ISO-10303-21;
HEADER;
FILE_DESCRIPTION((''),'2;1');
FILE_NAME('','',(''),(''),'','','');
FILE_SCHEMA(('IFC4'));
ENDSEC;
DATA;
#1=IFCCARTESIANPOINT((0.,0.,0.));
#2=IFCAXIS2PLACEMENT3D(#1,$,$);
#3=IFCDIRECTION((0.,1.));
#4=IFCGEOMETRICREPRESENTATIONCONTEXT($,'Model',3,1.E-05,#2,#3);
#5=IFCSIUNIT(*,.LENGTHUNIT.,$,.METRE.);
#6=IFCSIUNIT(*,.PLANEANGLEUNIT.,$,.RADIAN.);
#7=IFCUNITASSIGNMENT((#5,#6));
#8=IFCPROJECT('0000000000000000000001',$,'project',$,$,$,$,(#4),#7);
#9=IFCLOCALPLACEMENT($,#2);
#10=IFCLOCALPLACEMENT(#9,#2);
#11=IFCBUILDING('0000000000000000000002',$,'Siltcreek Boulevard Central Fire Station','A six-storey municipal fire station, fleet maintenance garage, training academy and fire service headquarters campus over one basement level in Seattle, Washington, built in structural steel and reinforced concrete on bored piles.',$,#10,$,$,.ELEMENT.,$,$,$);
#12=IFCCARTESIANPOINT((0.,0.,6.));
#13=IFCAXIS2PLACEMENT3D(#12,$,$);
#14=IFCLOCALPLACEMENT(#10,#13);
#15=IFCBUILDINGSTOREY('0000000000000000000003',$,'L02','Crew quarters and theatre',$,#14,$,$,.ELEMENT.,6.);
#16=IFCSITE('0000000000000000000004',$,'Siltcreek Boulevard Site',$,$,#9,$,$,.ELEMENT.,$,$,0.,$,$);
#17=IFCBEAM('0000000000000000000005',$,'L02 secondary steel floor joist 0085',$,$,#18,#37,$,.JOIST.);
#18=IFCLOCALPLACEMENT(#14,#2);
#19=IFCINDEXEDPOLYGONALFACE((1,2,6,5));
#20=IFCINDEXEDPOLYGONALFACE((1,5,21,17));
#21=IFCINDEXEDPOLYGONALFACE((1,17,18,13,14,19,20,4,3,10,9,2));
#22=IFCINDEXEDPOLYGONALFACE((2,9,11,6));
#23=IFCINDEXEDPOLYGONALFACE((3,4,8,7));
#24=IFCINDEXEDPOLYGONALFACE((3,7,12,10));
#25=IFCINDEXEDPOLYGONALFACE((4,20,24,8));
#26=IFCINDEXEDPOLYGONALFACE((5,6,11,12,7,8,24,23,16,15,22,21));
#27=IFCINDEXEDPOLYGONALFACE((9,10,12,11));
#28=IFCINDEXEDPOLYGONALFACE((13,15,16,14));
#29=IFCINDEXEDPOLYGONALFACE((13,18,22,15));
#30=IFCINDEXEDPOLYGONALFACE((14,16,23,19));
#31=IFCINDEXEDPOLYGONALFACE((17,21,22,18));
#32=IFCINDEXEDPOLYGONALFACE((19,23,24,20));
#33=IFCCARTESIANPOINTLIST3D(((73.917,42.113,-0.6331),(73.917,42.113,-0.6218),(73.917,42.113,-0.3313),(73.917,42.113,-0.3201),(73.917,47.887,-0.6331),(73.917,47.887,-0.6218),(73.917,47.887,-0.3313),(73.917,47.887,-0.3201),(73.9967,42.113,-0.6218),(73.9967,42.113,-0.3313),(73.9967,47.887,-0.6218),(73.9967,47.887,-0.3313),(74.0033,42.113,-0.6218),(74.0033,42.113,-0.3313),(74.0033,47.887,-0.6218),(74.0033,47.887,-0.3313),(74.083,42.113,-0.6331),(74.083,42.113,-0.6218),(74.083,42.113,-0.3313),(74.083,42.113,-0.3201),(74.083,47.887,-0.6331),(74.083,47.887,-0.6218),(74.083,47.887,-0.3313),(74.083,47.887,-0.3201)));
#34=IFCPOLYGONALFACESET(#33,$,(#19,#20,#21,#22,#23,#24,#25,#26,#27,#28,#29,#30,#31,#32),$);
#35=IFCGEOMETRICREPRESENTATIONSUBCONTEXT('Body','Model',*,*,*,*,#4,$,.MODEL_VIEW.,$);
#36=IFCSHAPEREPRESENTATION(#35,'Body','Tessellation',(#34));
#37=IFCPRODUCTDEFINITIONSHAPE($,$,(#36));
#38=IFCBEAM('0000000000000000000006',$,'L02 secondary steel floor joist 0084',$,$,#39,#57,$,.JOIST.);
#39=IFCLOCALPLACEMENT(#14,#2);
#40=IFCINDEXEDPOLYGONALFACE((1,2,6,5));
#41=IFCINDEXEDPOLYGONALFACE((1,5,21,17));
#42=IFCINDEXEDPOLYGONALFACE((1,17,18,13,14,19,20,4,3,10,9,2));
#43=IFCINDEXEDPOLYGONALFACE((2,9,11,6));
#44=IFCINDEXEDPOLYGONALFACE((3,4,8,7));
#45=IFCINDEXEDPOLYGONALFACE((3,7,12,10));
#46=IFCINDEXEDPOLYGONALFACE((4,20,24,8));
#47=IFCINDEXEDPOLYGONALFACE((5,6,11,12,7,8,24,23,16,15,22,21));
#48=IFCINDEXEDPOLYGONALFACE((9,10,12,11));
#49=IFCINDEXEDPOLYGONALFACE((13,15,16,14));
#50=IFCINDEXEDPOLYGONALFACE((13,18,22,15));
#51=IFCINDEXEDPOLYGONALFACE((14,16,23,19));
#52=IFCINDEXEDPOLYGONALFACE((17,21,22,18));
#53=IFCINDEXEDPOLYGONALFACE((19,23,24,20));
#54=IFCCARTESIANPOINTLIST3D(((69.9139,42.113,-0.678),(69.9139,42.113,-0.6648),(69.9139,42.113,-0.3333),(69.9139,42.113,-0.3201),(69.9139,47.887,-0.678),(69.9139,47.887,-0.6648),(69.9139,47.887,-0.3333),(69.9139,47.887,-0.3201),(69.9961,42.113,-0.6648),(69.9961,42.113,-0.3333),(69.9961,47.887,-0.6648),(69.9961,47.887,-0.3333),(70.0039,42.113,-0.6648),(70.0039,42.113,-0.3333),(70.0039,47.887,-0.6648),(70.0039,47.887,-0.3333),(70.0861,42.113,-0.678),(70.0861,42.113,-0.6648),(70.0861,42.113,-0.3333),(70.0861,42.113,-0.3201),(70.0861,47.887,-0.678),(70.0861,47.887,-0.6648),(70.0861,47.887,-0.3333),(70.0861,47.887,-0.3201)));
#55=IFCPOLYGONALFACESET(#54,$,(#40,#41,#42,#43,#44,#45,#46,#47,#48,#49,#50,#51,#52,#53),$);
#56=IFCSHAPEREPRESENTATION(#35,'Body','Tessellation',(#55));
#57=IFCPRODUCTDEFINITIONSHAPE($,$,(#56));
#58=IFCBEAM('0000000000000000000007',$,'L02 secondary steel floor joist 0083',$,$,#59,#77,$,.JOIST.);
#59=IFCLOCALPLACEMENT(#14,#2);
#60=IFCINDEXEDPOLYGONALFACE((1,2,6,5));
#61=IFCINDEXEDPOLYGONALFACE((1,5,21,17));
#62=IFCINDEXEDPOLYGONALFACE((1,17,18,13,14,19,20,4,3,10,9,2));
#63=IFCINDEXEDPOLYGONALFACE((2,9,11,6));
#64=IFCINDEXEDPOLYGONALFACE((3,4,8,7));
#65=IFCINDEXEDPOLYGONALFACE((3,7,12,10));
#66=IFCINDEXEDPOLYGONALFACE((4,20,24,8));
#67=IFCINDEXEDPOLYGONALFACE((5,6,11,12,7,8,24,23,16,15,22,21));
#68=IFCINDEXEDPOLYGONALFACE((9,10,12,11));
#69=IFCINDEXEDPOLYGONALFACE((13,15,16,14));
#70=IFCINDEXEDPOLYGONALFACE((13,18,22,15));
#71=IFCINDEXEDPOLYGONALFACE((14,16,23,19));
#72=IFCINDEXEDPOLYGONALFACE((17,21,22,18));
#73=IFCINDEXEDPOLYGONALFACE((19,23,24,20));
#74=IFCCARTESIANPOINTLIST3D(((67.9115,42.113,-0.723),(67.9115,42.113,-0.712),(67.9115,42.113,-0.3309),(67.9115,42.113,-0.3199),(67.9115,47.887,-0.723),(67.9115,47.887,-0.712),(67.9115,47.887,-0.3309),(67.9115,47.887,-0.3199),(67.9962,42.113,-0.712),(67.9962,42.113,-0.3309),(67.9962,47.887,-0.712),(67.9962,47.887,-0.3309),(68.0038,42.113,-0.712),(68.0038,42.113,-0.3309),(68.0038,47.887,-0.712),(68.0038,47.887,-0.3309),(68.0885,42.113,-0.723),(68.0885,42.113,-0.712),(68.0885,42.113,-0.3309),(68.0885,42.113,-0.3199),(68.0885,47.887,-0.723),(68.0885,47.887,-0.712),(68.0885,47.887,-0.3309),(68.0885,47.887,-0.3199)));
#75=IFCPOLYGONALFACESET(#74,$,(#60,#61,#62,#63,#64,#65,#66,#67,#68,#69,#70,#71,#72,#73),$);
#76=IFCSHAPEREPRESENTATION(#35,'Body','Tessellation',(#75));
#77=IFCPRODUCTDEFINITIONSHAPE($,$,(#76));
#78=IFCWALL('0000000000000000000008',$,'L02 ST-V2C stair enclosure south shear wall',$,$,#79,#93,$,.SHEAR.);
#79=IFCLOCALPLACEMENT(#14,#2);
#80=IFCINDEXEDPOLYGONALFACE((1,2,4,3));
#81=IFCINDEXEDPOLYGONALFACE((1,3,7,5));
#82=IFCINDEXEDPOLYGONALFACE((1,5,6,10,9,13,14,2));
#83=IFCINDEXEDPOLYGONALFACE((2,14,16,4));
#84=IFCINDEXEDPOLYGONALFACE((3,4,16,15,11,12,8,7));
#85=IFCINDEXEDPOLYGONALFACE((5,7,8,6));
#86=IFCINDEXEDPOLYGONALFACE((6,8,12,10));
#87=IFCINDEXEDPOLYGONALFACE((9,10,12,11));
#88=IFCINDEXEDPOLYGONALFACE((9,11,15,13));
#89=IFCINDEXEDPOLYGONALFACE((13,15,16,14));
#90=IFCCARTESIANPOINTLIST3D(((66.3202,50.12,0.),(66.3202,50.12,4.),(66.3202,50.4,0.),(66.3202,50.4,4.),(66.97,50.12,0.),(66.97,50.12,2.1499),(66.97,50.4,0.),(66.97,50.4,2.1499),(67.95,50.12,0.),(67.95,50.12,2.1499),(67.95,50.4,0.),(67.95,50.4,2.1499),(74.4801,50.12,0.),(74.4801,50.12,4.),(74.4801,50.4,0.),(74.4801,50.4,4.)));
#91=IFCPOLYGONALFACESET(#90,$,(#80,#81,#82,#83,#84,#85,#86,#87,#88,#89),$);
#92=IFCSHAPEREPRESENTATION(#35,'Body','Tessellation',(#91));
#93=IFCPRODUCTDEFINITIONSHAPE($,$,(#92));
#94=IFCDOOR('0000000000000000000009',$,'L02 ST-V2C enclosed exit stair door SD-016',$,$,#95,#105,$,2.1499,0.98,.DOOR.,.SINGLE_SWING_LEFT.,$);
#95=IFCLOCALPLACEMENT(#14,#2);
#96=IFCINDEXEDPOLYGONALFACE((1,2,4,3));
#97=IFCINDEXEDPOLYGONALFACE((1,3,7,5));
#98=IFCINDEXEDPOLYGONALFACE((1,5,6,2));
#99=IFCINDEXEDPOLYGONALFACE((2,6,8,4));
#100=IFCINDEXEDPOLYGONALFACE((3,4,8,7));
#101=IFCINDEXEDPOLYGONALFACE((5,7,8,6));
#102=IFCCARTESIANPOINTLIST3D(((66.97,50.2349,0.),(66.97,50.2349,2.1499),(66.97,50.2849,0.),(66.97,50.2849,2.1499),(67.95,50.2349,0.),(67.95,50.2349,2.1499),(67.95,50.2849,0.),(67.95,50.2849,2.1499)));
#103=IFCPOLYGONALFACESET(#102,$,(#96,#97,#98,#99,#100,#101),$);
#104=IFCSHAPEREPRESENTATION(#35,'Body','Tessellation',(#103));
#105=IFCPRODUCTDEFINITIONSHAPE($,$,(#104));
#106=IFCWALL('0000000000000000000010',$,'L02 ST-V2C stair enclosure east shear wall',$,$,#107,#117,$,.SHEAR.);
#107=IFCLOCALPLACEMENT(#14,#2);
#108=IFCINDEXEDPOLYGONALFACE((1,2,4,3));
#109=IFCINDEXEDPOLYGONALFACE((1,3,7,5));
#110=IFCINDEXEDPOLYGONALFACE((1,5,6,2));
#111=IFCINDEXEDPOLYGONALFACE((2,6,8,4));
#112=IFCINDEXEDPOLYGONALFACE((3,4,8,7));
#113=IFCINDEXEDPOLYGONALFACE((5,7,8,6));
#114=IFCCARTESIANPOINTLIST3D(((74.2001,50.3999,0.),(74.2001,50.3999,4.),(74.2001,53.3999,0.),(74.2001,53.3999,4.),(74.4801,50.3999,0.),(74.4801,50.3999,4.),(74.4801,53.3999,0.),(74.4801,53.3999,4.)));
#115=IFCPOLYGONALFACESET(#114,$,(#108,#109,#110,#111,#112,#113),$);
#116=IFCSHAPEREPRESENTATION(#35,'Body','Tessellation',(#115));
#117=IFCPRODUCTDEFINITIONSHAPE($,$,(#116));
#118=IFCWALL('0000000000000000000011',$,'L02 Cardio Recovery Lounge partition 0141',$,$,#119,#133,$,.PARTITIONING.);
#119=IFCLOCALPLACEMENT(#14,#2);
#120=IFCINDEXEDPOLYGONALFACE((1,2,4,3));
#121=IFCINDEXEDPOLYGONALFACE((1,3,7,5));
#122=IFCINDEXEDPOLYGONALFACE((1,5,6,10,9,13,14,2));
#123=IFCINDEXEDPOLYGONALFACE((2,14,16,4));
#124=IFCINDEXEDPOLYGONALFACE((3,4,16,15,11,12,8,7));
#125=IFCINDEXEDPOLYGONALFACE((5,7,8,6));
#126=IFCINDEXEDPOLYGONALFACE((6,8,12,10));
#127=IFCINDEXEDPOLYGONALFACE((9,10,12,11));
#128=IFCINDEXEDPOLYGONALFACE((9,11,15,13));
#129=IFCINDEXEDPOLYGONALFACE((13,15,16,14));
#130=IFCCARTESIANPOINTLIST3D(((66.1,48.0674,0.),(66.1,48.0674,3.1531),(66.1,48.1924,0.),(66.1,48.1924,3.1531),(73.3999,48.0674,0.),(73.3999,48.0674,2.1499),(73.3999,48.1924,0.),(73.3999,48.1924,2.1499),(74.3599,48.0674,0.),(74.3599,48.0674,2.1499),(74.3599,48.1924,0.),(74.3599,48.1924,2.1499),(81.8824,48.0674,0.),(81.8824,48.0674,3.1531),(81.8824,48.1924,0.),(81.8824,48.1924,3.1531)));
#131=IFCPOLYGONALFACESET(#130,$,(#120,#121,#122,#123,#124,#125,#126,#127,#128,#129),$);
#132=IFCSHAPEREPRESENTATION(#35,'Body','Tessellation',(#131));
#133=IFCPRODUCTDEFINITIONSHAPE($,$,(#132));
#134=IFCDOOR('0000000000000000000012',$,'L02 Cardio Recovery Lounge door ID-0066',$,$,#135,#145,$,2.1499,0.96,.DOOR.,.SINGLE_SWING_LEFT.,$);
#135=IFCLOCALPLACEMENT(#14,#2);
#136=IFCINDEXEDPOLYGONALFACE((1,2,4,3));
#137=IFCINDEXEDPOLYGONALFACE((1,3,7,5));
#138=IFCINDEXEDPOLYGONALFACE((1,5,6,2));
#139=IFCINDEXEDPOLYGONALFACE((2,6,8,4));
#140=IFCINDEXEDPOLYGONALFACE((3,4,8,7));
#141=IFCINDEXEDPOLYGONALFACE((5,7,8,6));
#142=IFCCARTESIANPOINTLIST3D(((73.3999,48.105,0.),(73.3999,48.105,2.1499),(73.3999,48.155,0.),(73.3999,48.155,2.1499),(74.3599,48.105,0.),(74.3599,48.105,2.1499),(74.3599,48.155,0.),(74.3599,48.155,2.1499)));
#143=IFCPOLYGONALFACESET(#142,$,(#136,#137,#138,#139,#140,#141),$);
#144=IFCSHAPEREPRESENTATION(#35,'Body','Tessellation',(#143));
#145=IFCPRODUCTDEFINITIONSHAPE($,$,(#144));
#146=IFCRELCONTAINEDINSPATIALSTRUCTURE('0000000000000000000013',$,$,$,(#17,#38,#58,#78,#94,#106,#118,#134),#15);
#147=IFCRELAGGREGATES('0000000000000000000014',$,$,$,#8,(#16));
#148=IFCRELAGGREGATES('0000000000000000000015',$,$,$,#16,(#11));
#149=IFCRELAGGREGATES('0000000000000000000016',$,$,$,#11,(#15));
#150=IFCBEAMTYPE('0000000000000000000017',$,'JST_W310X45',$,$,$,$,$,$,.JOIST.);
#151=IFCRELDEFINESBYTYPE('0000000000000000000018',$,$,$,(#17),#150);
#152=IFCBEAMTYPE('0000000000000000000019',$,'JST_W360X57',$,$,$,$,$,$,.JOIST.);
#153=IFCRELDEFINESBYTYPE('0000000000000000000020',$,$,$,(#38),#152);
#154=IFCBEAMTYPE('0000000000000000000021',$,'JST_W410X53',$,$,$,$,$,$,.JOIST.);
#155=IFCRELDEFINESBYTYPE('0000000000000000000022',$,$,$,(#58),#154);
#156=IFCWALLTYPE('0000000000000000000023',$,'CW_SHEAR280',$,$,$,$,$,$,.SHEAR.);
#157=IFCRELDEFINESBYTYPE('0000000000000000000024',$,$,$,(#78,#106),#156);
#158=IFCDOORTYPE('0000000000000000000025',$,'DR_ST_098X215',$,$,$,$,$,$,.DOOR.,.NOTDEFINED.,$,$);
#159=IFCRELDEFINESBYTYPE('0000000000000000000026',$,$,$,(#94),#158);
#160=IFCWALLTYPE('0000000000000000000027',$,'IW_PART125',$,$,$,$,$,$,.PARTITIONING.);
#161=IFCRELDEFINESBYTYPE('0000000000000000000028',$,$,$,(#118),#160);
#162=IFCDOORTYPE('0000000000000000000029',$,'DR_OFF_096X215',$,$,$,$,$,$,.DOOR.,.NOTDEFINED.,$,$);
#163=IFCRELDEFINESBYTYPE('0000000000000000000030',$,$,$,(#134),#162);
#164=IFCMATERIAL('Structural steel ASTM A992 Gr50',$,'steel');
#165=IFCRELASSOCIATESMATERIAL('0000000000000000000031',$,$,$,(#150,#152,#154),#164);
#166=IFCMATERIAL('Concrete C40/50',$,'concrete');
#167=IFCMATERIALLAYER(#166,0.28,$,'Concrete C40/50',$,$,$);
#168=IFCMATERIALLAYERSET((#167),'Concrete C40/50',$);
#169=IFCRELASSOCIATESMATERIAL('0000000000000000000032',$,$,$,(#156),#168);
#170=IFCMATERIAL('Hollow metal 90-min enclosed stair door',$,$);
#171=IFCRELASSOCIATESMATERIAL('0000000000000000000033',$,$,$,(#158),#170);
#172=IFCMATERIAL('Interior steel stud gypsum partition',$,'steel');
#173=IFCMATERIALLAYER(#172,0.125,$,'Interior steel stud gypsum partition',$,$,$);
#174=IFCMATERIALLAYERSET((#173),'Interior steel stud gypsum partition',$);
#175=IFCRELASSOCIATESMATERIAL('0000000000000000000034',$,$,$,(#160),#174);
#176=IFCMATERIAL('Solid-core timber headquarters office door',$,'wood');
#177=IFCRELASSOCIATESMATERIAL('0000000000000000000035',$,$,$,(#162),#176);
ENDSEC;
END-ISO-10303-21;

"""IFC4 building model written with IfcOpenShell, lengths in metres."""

from ifc_helpers import new_model, si_unit, direction, frame, frame_2d, origin, origin_2d, place, context, subcontext, project, spatial, rectangle, i_section, extrude, material, layer, layer_set, material_profile, profile_set, type_object, element, fill, save


model = new_model("IFC4")

# Units and contexts
model_context = context("Model", 3, precision=1e-05, world=origin(), true_north=direction((0.0, 1.0)))
body_context = subcontext(model_context, "Body", "Model", "MODEL_VIEW")
ifc_project = project(units=[si_unit("LENGTHUNIT", "METRE"), si_unit("PLANEANGLEUNIT", "RADIAN")], contexts=[model_context])

# Site, building, storey
site_placement = place(None, origin())
site = spatial("IfcSite", under=ifc_project, at=site_placement, Name="Siltcreek Boulevard Site", CompositionType="ELEMENT", RefElevation=0.0)
building_placement = place(site_placement, origin())
building = spatial("IfcBuilding", under=site, at=building_placement, Name="Siltcreek Boulevard Central Fire Station", Description="A six-storey municipal fire station, fleet maintenance garage, training academy and fire service headquarters campus over one basement level in Seattle, Washington, built in structural steel and reinforced concrete on bored piles.", CompositionType="ELEMENT")
storey_placement = place(building_placement, frame((0.0, 0.0, 6.0)))
storey = spatial("IfcBuildingStorey", under=building, at=storey_placement, Name="L02", Description="Crew quarters and theatre", CompositionType="ELEMENT", Elevation=6.0)

# Shared definitions
ifc_material_1 = material(Name="Structural steel ASTM A992 Gr50", Category="steel")

# Beams
ifc_material_profile_1 = material_profile(ifc_material_1, i_section(OverallWidth=0.166, OverallDepth=0.313, WebThickness=0.0066, FlangeThickness=0.0112, at=origin_2d()), Name="W310X45")
ifc_profile_set_1 = profile_set([ifc_material_profile_1], Name="Structural steel ASTM A992 Gr50")
beam_type_1 = type_object("IfcBeamType", Name="JST_W310X45", PredefinedType="JOIST", material=ifc_profile_set_1)
beam_1_placement = place(storey_placement, frame((74.0, 42.113, -0.4766), z_axis=(0.0, 1.0, 0.0), x_axis=(-1.0, 0.0, 0.0)))
element("IfcBeam", 1, at=beam_1_placement, inside=storey, type_object=beam_type_1, Name="L02 secondary steel floor joist 0085", PredefinedType="JOIST", context=body_context, shape_type="SweptSolid", body=[
    extrude(i_section(OverallWidth=0.166, OverallDepth=0.313, WebThickness=0.0066, FlangeThickness=0.0112, at=origin_2d()), origin(), (0.0, 0.0, 1.0), 5.7739),
])
ifc_material_profile_2 = material_profile(ifc_material_1, i_section(OverallWidth=0.1721, OverallDepth=0.3579, WebThickness=0.0078, FlangeThickness=0.0132, at=origin_2d()), Name="W360X57")
ifc_profile_set_2 = profile_set([ifc_material_profile_2], Name="Structural steel ASTM A992 Gr50")
beam_type_2 = type_object("IfcBeamType", Name="JST_W360X57", PredefinedType="JOIST", material=ifc_profile_set_2)
beam_2_placement = place(storey_placement, frame((70.0, 42.113, -0.499), z_axis=(0.0, 1.0, 0.0), x_axis=(-1.0, 0.0, 0.0)))
element("IfcBeam", 2, at=beam_2_placement, inside=storey, type_object=beam_type_2, Name="L02 secondary steel floor joist 0084", PredefinedType="JOIST", context=body_context, shape_type="SweptSolid", body=[
    extrude(i_section(OverallWidth=0.1721, OverallDepth=0.3579, WebThickness=0.0078, FlangeThickness=0.0132, at=origin_2d()), origin(), (0.0, 0.0, 1.0), 5.7739),
])
ifc_material_profile_3 = material_profile(ifc_material_1, i_section(OverallWidth=0.177, OverallDepth=0.4031, WebThickness=0.0076, FlangeThickness=0.011, at=origin_2d()), Name="W410X53")
ifc_profile_set_3 = profile_set([ifc_material_profile_3], Name="Structural steel ASTM A992 Gr50")
beam_type_3 = type_object("IfcBeamType", Name="JST_W410X53", PredefinedType="JOIST", material=ifc_profile_set_3)
beam_3_placement = place(storey_placement, frame((68.0, 42.113, -0.5215), z_axis=(0.0, 1.0, 0.0), x_axis=(-1.0, 0.0, 0.0)))
element("IfcBeam", 3, at=beam_3_placement, inside=storey, type_object=beam_type_3, Name="L02 secondary steel floor joist 0083", PredefinedType="JOIST", context=body_context, shape_type="SweptSolid", body=[
    extrude(i_section(OverallWidth=0.177, OverallDepth=0.4031, WebThickness=0.0076, FlangeThickness=0.011, at=origin_2d()), origin(), (0.0, 0.0, 1.0), 5.7739),
])

# Wall, opening, door
ifc_material_2 = material(Name="Concrete C40/50", Category="concrete")
ifc_layer_1 = layer(ifc_material_2, 0.28, Name="Concrete C40/50")
ifc_layer_set_1 = layer_set([ifc_layer_1], Name="Concrete C40/50")
wall_type_1 = type_object("IfcWallType", Name="CW_SHEAR280", PredefinedType="SHEAR", material=ifc_layer_set_1)
wall_1_placement = place(storey_placement, frame((66.3201, 50.26, 0.0), z_axis=(0.0, 0.0, 1.0), x_axis=(1.0, 0.0, 0.0)))
wall_1 = element("IfcWall", 4, at=wall_1_placement, inside=storey, type_object=wall_type_1, Name="L02 ST-V2C stair enclosure south shear wall", PredefinedType="SHEAR", context=body_context, shape_type="SweptSolid", body=[
    extrude(rectangle(XDim=8.1599, YDim=0.28, at=frame_2d((4.0801, 0.0))), origin(), (0.0, 0.0, 1.0), 4.0),
])
opening_1_placement = place(wall_1_placement, frame((0.6499, 0.0, 0.0)))
opening_1 = element("IfcOpeningElement", 5, at=opening_1_placement, cuts=wall_1, PredefinedType="OPENING", context=body_context, shape_type="SweptSolid", body=[
    extrude(rectangle(XDim=0.98, YDim=2.1499, at=frame_2d((0.49, 1.075))), frame((0.0, 0.1499, 0.0), z_axis=(0.0, -1.0, 0.0), x_axis=(1.0, 0.0, 0.0)), (0.0, 0.0, 1.0), 0.3),
])
ifc_material_3 = material(Name="Hollow metal 90-min enclosed stair door")
door_type_1 = type_object("IfcDoorType", Name="DR_ST_098X215", OperationType="NOTDEFINED", PredefinedType="DOOR", material=ifc_material_3)
door_1_placement = place(opening_1_placement, origin())
door_1 = element("IfcDoor", 6, at=door_1_placement, inside=storey, type_object=door_type_1, Name="L02 ST-V2C enclosed exit stair door SD-016", OperationType="SINGLE_SWING_LEFT", OverallHeight=2.1499, OverallWidth=0.98, PredefinedType="DOOR", context=body_context, shape_type="SweptSolid", body=[
    extrude(rectangle(XDim=0.98, YDim=2.1499, at=frame_2d((0.49, 1.075))), frame((0.0, 0.0249, 0.0), z_axis=(0.0, -1.0, 0.0), x_axis=(1.0, 0.0, 0.0)), (0.0, 0.0, 1.0), 0.05),
])
fill(opening_1, door_1)

# Wall
wall_2_placement = place(storey_placement, frame((74.3401, 50.3999, 0.0), z_axis=(0.0, 0.0, 1.0), x_axis=(0.0, 1.0, 0.0)))
element("IfcWall", 7, at=wall_2_placement, inside=storey, type_object=wall_type_1, Name="L02 ST-V2C stair enclosure east shear wall", PredefinedType="SHEAR", context=body_context, shape_type="SweptSolid", body=[
    extrude(rectangle(XDim=3.0, YDim=0.28, at=frame_2d((1.5, 0.0))), origin(), (0.0, 0.0, 1.0), 4.0),
])

# Wall, opening, door
ifc_material_4 = material(Name="Interior steel stud gypsum partition", Category="steel")
ifc_layer_2 = layer(ifc_material_4, 0.125, Name="Interior steel stud gypsum partition")
ifc_layer_set_2 = layer_set([ifc_layer_2], Name="Interior steel stud gypsum partition")
wall_type_2 = type_object("IfcWallType", Name="IW_PART125", PredefinedType="PARTITIONING", material=ifc_layer_set_2)
wall_3_placement = place(storey_placement, frame((66.1001, 48.1299, 0.0), z_axis=(0.0, 0.0, 1.0), x_axis=(1.0, 0.0, 0.0)))
wall_3 = element("IfcWall", 8, at=wall_3_placement, inside=storey, type_object=wall_type_2, Name="L02 Cardio Recovery Lounge partition 0141", PredefinedType="PARTITIONING", context=body_context, shape_type="SweptSolid", body=[
    extrude(rectangle(XDim=15.7825, YDim=0.125, at=frame_2d((7.8911, 0.0))), origin(), (0.0, 0.0, 1.0), 3.1531),
])
opening_2_placement = place(wall_3_placement, frame((7.2998, 0.0, 0.0)))
opening_2 = element("IfcOpeningElement", 9, at=opening_2_placement, cuts=wall_3, PredefinedType="OPENING", context=body_context, shape_type="SweptSolid", body=[
    extrude(rectangle(XDim=0.96, YDim=2.1499, at=frame_2d((0.48, 1.075))), frame((0.0, 0.0725, 0.0), z_axis=(0.0, -1.0, 0.0), x_axis=(1.0, 0.0, 0.0)), (0.0, 0.0, 1.0), 0.145),
])
ifc_material_5 = material(Name="Solid-core timber headquarters office door", Category="wood")
door_type_2 = type_object("IfcDoorType", Name="DR_OFF_096X215", OperationType="NOTDEFINED", PredefinedType="DOOR", material=ifc_material_5)
door_2_placement = place(opening_2_placement, frame((0.96, 0.0, 0.0), z_axis=(0.0, 0.0, 1.0), x_axis=(-1.0, 0.0, 0.0)))
door_2 = element("IfcDoor", 10, at=door_2_placement, inside=storey, type_object=door_type_2, Name="L02 Cardio Recovery Lounge door ID-0066", OperationType="SINGLE_SWING_LEFT", OverallHeight=2.1499, OverallWidth=0.96, PredefinedType="DOOR", context=body_context, shape_type="SweptSolid", body=[
    extrude(rectangle(XDim=0.96, YDim=2.1499, at=frame_2d((0.48, 1.075))), frame((0.0, 0.0249, 0.0), z_axis=(0.0, -1.0, 0.0), x_axis=(1.0, 0.0, 0.0)), (0.0, 0.0, 1.0), 0.05),
])
fill(opening_2, door_2)

save(model, "model.ifc")
